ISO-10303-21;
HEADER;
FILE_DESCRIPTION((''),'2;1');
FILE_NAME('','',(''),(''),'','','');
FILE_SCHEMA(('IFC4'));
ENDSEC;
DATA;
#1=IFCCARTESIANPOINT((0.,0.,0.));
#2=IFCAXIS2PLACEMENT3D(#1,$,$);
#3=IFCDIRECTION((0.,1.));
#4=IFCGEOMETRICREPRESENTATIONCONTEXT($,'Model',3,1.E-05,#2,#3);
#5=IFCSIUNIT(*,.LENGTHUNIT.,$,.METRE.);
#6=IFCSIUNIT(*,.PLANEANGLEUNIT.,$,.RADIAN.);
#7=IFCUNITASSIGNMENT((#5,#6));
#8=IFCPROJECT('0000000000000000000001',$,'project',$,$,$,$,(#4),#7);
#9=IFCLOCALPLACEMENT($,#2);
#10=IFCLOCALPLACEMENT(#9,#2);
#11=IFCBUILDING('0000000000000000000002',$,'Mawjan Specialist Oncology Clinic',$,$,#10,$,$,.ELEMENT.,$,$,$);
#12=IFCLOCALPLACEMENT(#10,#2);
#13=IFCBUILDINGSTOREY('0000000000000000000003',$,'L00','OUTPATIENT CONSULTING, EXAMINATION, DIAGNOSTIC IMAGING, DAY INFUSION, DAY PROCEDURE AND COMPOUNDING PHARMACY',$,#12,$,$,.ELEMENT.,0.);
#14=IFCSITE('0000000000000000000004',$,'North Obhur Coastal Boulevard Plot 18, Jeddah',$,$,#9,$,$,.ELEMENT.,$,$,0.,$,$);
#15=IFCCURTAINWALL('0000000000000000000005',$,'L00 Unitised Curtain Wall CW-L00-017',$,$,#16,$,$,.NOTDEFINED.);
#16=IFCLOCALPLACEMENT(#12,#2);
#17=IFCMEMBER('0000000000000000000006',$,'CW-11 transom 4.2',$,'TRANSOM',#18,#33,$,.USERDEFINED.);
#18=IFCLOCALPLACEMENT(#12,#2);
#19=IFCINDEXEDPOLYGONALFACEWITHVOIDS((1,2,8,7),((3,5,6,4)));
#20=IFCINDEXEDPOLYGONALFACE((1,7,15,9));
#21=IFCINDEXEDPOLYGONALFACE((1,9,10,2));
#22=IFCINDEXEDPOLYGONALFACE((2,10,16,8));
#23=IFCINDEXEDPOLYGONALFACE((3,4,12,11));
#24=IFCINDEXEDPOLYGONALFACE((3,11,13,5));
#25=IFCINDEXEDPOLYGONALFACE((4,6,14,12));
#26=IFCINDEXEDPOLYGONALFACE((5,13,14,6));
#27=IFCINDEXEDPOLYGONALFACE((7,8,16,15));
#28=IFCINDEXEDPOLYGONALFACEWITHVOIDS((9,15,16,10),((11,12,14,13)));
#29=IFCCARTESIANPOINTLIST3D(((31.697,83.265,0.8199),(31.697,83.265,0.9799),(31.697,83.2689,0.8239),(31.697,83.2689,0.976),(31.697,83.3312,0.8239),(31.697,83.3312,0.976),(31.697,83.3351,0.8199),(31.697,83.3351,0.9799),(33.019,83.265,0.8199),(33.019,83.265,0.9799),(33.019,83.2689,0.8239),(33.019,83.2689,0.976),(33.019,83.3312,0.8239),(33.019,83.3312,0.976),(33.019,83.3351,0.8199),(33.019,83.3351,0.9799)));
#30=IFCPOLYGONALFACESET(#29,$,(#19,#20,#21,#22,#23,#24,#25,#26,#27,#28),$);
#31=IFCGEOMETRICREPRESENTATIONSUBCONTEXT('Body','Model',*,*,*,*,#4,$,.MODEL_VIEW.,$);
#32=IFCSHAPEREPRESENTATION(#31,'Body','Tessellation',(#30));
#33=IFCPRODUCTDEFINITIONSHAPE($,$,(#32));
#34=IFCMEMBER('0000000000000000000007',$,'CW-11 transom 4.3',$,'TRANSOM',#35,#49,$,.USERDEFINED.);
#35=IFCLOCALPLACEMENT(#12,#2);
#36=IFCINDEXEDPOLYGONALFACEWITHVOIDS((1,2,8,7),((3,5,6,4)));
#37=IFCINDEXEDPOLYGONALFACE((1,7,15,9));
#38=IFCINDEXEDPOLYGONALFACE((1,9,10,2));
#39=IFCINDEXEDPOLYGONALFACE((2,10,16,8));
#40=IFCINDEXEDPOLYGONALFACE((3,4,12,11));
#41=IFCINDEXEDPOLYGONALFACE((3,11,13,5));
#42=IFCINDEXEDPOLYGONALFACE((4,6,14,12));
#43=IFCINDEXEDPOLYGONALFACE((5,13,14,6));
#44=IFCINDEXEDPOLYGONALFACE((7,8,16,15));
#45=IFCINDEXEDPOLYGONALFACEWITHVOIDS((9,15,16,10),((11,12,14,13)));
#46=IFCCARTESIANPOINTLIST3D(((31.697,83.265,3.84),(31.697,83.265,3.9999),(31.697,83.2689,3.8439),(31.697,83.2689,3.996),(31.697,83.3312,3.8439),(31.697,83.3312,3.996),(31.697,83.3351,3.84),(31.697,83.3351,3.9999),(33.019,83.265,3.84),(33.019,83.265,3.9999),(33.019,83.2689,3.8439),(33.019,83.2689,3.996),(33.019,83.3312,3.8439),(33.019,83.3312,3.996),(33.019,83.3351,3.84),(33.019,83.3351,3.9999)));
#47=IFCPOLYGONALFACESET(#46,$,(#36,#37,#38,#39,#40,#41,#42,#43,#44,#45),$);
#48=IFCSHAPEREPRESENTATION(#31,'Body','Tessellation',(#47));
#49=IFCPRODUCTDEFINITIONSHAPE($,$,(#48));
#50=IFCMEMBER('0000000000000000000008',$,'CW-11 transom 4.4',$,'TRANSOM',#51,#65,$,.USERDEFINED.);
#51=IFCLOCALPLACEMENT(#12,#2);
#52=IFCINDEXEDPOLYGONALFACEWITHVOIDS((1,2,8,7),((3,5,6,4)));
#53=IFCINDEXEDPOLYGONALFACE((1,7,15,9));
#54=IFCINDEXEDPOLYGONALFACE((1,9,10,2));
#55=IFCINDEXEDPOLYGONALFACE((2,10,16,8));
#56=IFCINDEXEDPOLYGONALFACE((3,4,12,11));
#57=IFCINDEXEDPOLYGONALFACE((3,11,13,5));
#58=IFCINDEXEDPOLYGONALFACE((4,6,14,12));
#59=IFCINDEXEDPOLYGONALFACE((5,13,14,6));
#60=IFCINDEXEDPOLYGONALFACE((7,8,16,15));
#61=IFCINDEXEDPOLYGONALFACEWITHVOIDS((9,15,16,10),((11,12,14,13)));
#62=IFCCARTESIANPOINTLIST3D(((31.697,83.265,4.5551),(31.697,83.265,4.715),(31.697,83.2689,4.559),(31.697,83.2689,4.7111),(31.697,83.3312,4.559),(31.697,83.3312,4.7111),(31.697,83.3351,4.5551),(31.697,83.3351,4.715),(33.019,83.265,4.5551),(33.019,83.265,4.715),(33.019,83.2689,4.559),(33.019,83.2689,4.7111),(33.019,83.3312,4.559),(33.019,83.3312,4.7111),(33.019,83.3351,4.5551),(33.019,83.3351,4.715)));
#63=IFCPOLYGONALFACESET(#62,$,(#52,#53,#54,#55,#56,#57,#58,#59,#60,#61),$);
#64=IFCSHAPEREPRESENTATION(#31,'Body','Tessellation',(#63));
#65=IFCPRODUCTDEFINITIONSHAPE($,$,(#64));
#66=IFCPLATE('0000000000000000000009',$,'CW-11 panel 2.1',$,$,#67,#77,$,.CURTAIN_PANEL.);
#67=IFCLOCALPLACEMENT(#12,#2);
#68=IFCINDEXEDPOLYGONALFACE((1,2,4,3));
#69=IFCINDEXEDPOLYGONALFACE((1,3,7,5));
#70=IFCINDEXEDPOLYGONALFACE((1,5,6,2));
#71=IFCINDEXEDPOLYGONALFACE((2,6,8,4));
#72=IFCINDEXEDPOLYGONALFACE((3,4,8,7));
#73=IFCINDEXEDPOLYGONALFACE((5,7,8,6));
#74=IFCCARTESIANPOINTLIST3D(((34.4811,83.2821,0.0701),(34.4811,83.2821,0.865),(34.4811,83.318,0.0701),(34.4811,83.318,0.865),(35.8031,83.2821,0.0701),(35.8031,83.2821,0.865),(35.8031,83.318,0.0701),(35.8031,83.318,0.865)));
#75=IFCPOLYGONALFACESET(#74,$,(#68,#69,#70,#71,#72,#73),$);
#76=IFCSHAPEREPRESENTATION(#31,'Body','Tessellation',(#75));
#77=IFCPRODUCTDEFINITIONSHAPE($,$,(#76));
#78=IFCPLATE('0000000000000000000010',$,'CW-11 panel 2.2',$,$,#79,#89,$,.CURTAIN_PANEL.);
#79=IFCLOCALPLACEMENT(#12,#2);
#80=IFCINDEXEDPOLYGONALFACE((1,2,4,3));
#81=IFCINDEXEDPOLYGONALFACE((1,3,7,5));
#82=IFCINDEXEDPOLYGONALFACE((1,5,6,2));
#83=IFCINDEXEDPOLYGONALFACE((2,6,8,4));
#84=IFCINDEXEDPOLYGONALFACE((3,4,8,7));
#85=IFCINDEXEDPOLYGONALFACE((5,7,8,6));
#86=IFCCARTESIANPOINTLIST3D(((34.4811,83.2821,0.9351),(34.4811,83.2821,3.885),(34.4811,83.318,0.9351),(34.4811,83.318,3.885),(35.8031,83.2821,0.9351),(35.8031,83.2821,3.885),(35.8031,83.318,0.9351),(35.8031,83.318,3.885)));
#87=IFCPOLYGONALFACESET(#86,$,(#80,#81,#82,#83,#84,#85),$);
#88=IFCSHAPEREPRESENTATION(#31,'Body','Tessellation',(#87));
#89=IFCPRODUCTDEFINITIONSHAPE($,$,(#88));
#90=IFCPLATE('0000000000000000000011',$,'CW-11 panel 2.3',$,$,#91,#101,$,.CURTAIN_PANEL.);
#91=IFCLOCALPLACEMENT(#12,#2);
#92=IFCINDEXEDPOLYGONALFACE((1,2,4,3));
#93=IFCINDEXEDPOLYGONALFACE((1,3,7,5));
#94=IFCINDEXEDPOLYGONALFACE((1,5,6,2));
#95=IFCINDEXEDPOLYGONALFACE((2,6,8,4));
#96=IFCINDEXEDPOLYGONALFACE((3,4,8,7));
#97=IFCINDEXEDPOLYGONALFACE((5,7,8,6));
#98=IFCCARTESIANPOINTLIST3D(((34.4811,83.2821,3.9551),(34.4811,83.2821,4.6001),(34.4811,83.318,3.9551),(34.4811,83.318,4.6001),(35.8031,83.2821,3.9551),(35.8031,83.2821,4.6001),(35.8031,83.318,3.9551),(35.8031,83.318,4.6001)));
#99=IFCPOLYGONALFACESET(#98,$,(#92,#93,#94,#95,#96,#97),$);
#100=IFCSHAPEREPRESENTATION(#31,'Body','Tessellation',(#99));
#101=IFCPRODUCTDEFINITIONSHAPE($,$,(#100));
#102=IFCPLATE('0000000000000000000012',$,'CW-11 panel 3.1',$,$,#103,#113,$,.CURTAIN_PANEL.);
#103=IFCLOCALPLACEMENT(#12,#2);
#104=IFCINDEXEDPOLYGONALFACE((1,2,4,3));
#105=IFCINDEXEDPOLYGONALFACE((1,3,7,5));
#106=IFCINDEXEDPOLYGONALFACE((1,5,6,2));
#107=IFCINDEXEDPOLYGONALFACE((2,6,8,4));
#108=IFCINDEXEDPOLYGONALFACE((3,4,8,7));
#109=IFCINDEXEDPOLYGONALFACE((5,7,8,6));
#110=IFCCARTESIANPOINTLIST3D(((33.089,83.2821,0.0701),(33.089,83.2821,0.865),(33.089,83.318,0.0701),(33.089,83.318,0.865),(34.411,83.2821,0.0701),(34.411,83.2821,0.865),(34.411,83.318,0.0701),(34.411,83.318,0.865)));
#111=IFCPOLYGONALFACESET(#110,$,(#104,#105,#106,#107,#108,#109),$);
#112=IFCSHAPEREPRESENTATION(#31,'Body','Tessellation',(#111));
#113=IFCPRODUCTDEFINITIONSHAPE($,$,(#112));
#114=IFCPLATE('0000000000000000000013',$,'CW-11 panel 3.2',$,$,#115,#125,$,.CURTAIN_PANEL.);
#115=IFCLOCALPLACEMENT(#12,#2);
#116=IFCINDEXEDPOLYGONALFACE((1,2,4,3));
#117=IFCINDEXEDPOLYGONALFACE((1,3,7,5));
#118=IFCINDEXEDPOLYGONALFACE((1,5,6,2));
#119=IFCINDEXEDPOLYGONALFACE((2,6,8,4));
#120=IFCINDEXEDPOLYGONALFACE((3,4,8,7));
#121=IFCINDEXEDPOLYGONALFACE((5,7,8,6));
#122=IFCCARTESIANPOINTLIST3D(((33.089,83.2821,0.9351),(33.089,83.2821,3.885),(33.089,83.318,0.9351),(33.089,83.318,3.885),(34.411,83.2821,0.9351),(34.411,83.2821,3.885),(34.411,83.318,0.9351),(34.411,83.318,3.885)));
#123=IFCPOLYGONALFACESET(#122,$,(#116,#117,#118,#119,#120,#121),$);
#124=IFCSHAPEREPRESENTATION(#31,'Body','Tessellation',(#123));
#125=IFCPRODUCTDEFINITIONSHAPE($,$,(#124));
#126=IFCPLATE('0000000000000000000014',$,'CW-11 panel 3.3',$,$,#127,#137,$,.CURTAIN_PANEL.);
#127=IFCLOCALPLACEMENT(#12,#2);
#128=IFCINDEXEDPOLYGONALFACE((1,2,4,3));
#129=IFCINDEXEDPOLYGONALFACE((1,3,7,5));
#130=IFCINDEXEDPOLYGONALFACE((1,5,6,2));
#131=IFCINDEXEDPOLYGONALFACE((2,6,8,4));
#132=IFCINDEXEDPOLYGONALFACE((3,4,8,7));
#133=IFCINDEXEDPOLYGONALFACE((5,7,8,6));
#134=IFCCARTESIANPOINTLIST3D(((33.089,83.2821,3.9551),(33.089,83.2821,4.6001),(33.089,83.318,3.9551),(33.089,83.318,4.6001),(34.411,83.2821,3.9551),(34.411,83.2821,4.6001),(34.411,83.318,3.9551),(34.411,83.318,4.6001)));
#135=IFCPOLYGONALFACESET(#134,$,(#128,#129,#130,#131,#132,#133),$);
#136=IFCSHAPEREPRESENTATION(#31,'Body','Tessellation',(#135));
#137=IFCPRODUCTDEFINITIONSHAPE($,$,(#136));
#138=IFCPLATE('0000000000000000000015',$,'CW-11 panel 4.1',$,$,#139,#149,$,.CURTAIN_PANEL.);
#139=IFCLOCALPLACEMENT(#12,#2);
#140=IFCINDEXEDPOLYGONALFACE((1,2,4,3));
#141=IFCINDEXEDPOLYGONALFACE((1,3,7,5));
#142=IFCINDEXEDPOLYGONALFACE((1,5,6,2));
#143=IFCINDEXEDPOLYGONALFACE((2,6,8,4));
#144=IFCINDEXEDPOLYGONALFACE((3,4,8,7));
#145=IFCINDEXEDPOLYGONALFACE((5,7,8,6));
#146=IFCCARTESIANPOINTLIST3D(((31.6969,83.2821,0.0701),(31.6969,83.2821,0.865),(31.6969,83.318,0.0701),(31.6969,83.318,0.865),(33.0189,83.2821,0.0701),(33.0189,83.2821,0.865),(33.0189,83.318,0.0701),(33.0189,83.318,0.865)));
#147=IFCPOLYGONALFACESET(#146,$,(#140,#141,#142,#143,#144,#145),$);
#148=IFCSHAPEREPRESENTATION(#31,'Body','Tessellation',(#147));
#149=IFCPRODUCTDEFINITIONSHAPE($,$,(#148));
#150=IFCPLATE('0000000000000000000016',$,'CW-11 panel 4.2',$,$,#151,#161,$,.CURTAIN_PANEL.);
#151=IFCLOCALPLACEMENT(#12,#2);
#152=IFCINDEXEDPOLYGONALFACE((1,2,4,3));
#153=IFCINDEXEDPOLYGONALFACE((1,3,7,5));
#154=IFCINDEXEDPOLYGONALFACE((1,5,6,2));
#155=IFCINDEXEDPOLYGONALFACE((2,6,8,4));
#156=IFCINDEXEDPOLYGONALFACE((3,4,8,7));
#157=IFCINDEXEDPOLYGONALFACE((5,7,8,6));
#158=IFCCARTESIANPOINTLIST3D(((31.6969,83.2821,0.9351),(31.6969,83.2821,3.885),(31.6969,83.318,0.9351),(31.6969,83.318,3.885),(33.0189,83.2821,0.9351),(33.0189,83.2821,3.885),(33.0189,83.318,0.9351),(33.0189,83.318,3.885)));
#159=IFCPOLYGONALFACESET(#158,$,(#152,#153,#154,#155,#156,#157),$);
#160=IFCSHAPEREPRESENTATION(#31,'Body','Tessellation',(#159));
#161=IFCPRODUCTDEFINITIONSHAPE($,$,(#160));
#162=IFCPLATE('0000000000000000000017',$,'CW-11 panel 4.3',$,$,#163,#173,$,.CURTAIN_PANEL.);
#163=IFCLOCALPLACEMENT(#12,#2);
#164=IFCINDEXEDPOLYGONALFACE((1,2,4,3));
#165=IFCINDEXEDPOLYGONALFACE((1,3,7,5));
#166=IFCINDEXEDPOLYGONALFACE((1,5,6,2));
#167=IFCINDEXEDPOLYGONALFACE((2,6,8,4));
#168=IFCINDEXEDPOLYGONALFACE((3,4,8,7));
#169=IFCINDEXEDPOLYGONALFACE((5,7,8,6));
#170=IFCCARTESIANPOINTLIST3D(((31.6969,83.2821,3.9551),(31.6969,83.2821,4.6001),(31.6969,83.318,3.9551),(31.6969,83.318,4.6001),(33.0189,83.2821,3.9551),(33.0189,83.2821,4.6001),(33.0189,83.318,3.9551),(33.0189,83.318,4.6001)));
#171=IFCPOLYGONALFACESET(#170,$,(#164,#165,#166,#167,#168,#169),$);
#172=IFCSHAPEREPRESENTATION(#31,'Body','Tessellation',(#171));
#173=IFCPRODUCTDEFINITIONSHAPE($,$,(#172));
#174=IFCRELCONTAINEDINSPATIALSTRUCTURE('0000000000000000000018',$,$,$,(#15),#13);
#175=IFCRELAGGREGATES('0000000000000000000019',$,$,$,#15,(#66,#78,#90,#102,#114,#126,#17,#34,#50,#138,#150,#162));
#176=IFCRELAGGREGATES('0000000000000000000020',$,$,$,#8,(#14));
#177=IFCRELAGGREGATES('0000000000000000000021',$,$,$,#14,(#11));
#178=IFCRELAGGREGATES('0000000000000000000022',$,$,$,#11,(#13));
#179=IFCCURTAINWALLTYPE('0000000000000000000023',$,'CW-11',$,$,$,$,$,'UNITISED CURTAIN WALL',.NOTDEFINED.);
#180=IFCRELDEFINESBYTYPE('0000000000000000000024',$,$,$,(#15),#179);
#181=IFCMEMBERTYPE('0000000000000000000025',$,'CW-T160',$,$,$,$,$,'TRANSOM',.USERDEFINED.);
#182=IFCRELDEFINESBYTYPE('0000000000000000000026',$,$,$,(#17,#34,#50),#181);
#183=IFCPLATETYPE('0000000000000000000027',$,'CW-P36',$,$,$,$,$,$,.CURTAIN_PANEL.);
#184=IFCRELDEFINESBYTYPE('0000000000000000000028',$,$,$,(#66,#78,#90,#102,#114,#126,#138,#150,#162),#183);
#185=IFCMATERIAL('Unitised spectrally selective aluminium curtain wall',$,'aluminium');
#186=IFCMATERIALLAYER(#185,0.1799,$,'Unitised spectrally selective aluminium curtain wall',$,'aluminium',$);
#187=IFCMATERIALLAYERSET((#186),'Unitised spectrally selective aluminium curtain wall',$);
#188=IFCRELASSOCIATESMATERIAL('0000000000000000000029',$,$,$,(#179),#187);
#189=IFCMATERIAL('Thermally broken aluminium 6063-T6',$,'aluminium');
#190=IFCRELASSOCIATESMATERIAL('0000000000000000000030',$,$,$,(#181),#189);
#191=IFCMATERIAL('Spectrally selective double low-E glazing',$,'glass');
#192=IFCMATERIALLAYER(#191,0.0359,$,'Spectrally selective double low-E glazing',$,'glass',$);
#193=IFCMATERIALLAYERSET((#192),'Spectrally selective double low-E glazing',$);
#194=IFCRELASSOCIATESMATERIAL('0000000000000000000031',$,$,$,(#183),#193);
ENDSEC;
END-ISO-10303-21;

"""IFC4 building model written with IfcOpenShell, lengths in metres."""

from ifc_helpers import new_model, si_unit, direction, frame, origin, origin_2d, place, context, subcontext, project, spatial, rectangle, hollow_rectangle, extrude, material, layer, layer_set, material_profile, profile_set, type_object, element, aggregate, save


model = new_model("IFC4")

# Units and contexts
model_context = context("Model", 3, precision=1e-05, world=origin(), true_north=direction((0.0, 1.0)))
body_context = subcontext(model_context, "Body", "Model", "MODEL_VIEW")
ifc_project = project(units=[si_unit("LENGTHUNIT", "METRE"), si_unit("PLANEANGLEUNIT", "RADIAN")], contexts=[model_context])

# Site, building, storey
site_placement = place(None, origin())
site = spatial("IfcSite", under=ifc_project, at=site_placement, Name="North Obhur Coastal Boulevard Plot 18, Jeddah", CompositionType="ELEMENT", RefElevation=0.0)
building_placement = place(site_placement, origin())
building = spatial("IfcBuilding", under=site, at=building_placement, Name="Mawjan Specialist Oncology Clinic", CompositionType="ELEMENT")
storey_placement = place(building_placement, origin())
storey = spatial("IfcBuildingStorey", under=building, at=storey_placement, Name="L00", Description="OUTPATIENT CONSULTING, EXAMINATION, DIAGNOSTIC IMAGING, DAY INFUSION, DAY PROCEDURE AND COMPOUNDING PHARMACY", CompositionType="ELEMENT", Elevation=0.0)

# Curtain wall, members, plates
ifc_material_1 = material(Name="Unitised spectrally selective aluminium curtain wall", Category="aluminium")
ifc_layer_1 = layer(ifc_material_1, 0.1799, Name="Unitised spectrally selective aluminium curtain wall", Category="aluminium")
ifc_layer_set_1 = layer_set([ifc_layer_1], Name="Unitised spectrally selective aluminium curtain wall")
curtain_wall_type = type_object("IfcCurtainWallType", Name="CW-11", ElementType="UNITISED CURTAIN WALL", PredefinedType="NOTDEFINED", material=ifc_layer_set_1)
curtain_wall_placement = place(storey_placement, origin())
curtain_wall = element("IfcCurtainWall", 1, at=curtain_wall_placement, inside=storey, type_object=curtain_wall_type, Name="L00 Unitised Curtain Wall CW-L00-017", PredefinedType="NOTDEFINED")
ifc_material_2 = material(Name="Thermally broken aluminium 6063-T6", Category="aluminium")
ifc_material_profile_1 = material_profile(ifc_material_2, hollow_rectangle(XDim=0.0701, YDim=0.1599, WallThickness=0.0039, at=origin_2d()), Name="ALU TRANSOM 160x70x4", Category="aluminium")
ifc_profile_set_1 = profile_set([ifc_material_profile_1], Name="Thermally broken aluminium 6063-T6")
member_type_1 = type_object("IfcMemberType", Name="CW-T160", ElementType="TRANSOM", PredefinedType="USERDEFINED", material=ifc_profile_set_1)
member_1_placement = place(storey_placement, frame((33.019, 83.3, 0.8999), z_axis=(-1.0, 0.0, 0.0), x_axis=(0.0, -1.0, 0.0)))
member_1 = element("IfcMember", 2, at=member_1_placement, type_object=member_type_1, Name="CW-11 transom 4.2", ObjectType="TRANSOM", PredefinedType="USERDEFINED", context=body_context, shape_type="SweptSolid", body=[
    extrude(hollow_rectangle(XDim=0.0701, YDim=0.1599, WallThickness=0.0039, at=origin_2d()), origin(), (0.0, 0.0, 1.0), 1.322),
])
member_2_placement = place(storey_placement, frame((33.019, 83.3, 3.9199), z_axis=(-1.0, 0.0, 0.0), x_axis=(0.0, -1.0, 0.0)))
member_2 = element("IfcMember", 3, at=member_2_placement, type_object=member_type_1, Name="CW-11 transom 4.3", ObjectType="TRANSOM", PredefinedType="USERDEFINED", context=body_context, shape_type="SweptSolid", body=[
    extrude(hollow_rectangle(XDim=0.0701, YDim=0.1599, WallThickness=0.0039, at=origin_2d()), origin(), (0.0, 0.0, 1.0), 1.322),
])
member_3_placement = place(storey_placement, frame((33.019, 83.3, 4.635), z_axis=(-1.0, 0.0, 0.0), x_axis=(0.0, -1.0, 0.0)))
member_3 = element("IfcMember", 4, at=member_3_placement, type_object=member_type_1, Name="CW-11 transom 4.4", ObjectType="TRANSOM", PredefinedType="USERDEFINED", context=body_context, shape_type="SweptSolid", body=[
    extrude(hollow_rectangle(XDim=0.0701, YDim=0.1599, WallThickness=0.0039, at=origin_2d()), origin(), (0.0, 0.0, 1.0), 1.322),
])
ifc_material_3 = material(Name="Spectrally selective double low-E glazing", Category="glass")
ifc_layer_2 = layer(ifc_material_3, 0.0359, Name="Spectrally selective double low-E glazing", Category="glass")
ifc_layer_set_2 = layer_set([ifc_layer_2], Name="Spectrally selective double low-E glazing")
plate_type = type_object("IfcPlateType", Name="CW-P36", PredefinedType="CURTAIN_PANEL", material=ifc_layer_set_2)
plate_1_placement = place(storey_placement, frame((35.1421, 83.3, 0.0701), z_axis=(0.0, 0.0, 1.0), x_axis=(-1.0, 0.0, 0.0)))
plate_1 = element("IfcPlate", 5, at=plate_1_placement, type_object=plate_type, Name="CW-11 panel 2.1", PredefinedType="CURTAIN_PANEL", context=body_context, shape_type="SweptSolid", body=[
    extrude(rectangle(XDim=1.322, YDim=0.0359, at=origin_2d()), origin(), (0.0, 0.0, 1.0), 0.7949),
])
plate_2_placement = place(storey_placement, frame((35.1421, 83.3, 0.9351), z_axis=(0.0, 0.0, 1.0), x_axis=(-1.0, 0.0, 0.0)))
plate_2 = element("IfcPlate", 6, at=plate_2_placement, type_object=plate_type, Name="CW-11 panel 2.2", PredefinedType="CURTAIN_PANEL", context=body_context, shape_type="SweptSolid", body=[
    extrude(rectangle(XDim=1.322, YDim=0.0359, at=origin_2d()), origin(), (0.0, 0.0, 1.0), 2.95),
])
plate_3_placement = place(storey_placement, frame((35.1421, 83.3, 3.9551), z_axis=(0.0, 0.0, 1.0), x_axis=(-1.0, 0.0, 0.0)))
plate_3 = element("IfcPlate", 7, at=plate_3_placement, type_object=plate_type, Name="CW-11 panel 2.3", PredefinedType="CURTAIN_PANEL", context=body_context, shape_type="SweptSolid", body=[
    extrude(rectangle(XDim=1.322, YDim=0.0359, at=origin_2d()), origin(), (0.0, 0.0, 1.0), 0.645),
])
plate_4_placement = place(storey_placement, frame((33.75, 83.3, 0.0701), z_axis=(0.0, 0.0, 1.0), x_axis=(-1.0, 0.0, 0.0)))
plate_4 = element("IfcPlate", 8, at=plate_4_placement, type_object=plate_type, Name="CW-11 panel 3.1", PredefinedType="CURTAIN_PANEL", context=body_context, shape_type="SweptSolid", body=[
    extrude(rectangle(XDim=1.322, YDim=0.0359, at=origin_2d()), origin(), (0.0, 0.0, 1.0), 0.7949),
])
plate_5_placement = place(storey_placement, frame((33.75, 83.3, 0.9351), z_axis=(0.0, 0.0, 1.0), x_axis=(-1.0, 0.0, 0.0)))
plate_5 = element("IfcPlate", 9, at=plate_5_placement, type_object=plate_type, Name="CW-11 panel 3.2", PredefinedType="CURTAIN_PANEL", context=body_context, shape_type="SweptSolid", body=[
    extrude(rectangle(XDim=1.322, YDim=0.0359, at=origin_2d()), origin(), (0.0, 0.0, 1.0), 2.95),
])
plate_6_placement = place(storey_placement, frame((33.75, 83.3, 3.9551), z_axis=(0.0, 0.0, 1.0), x_axis=(-1.0, 0.0, 0.0)))
plate_6 = element("IfcPlate", 10, at=plate_6_placement, type_object=plate_type, Name="CW-11 panel 3.3", PredefinedType="CURTAIN_PANEL", context=body_context, shape_type="SweptSolid", body=[
    extrude(rectangle(XDim=1.322, YDim=0.0359, at=origin_2d()), origin(), (0.0, 0.0, 1.0), 0.645),
])
plate_7_placement = place(storey_placement, frame((32.3579, 83.3, 0.0701), z_axis=(0.0, 0.0, 1.0), x_axis=(-1.0, 0.0, 0.0)))
plate_7 = element("IfcPlate", 11, at=plate_7_placement, type_object=plate_type, Name="CW-11 panel 4.1", PredefinedType="CURTAIN_PANEL", context=body_context, shape_type="SweptSolid", body=[
    extrude(rectangle(XDim=1.322, YDim=0.0359, at=origin_2d()), origin(), (0.0, 0.0, 1.0), 0.7949),
])
plate_8_placement = place(storey_placement, frame((32.3579, 83.3, 0.9351), z_axis=(0.0, 0.0, 1.0), x_axis=(-1.0, 0.0, 0.0)))
plate_8 = element("IfcPlate", 12, at=plate_8_placement, type_object=plate_type, Name="CW-11 panel 4.2", PredefinedType="CURTAIN_PANEL", context=body_context, shape_type="SweptSolid", body=[
    extrude(rectangle(XDim=1.322, YDim=0.0359, at=origin_2d()), origin(), (0.0, 0.0, 1.0), 2.95),
])
plate_9_placement = place(storey_placement, frame((32.3579, 83.3, 3.9551), z_axis=(0.0, 0.0, 1.0), x_axis=(-1.0, 0.0, 0.0)))
plate_9 = element("IfcPlate", 13, at=plate_9_placement, type_object=plate_type, Name="CW-11 panel 4.3", PredefinedType="CURTAIN_PANEL", context=body_context, shape_type="SweptSolid", body=[
    extrude(rectangle(XDim=1.322, YDim=0.0359, at=origin_2d()), origin(), (0.0, 0.0, 1.0), 0.645),
])
aggregate(curtain_wall, [plate_1, plate_2, plate_3, plate_4, plate_5, plate_6, member_1, member_2, member_3, plate_7, plate_8, plate_9])

save(model, "model.ifc")
